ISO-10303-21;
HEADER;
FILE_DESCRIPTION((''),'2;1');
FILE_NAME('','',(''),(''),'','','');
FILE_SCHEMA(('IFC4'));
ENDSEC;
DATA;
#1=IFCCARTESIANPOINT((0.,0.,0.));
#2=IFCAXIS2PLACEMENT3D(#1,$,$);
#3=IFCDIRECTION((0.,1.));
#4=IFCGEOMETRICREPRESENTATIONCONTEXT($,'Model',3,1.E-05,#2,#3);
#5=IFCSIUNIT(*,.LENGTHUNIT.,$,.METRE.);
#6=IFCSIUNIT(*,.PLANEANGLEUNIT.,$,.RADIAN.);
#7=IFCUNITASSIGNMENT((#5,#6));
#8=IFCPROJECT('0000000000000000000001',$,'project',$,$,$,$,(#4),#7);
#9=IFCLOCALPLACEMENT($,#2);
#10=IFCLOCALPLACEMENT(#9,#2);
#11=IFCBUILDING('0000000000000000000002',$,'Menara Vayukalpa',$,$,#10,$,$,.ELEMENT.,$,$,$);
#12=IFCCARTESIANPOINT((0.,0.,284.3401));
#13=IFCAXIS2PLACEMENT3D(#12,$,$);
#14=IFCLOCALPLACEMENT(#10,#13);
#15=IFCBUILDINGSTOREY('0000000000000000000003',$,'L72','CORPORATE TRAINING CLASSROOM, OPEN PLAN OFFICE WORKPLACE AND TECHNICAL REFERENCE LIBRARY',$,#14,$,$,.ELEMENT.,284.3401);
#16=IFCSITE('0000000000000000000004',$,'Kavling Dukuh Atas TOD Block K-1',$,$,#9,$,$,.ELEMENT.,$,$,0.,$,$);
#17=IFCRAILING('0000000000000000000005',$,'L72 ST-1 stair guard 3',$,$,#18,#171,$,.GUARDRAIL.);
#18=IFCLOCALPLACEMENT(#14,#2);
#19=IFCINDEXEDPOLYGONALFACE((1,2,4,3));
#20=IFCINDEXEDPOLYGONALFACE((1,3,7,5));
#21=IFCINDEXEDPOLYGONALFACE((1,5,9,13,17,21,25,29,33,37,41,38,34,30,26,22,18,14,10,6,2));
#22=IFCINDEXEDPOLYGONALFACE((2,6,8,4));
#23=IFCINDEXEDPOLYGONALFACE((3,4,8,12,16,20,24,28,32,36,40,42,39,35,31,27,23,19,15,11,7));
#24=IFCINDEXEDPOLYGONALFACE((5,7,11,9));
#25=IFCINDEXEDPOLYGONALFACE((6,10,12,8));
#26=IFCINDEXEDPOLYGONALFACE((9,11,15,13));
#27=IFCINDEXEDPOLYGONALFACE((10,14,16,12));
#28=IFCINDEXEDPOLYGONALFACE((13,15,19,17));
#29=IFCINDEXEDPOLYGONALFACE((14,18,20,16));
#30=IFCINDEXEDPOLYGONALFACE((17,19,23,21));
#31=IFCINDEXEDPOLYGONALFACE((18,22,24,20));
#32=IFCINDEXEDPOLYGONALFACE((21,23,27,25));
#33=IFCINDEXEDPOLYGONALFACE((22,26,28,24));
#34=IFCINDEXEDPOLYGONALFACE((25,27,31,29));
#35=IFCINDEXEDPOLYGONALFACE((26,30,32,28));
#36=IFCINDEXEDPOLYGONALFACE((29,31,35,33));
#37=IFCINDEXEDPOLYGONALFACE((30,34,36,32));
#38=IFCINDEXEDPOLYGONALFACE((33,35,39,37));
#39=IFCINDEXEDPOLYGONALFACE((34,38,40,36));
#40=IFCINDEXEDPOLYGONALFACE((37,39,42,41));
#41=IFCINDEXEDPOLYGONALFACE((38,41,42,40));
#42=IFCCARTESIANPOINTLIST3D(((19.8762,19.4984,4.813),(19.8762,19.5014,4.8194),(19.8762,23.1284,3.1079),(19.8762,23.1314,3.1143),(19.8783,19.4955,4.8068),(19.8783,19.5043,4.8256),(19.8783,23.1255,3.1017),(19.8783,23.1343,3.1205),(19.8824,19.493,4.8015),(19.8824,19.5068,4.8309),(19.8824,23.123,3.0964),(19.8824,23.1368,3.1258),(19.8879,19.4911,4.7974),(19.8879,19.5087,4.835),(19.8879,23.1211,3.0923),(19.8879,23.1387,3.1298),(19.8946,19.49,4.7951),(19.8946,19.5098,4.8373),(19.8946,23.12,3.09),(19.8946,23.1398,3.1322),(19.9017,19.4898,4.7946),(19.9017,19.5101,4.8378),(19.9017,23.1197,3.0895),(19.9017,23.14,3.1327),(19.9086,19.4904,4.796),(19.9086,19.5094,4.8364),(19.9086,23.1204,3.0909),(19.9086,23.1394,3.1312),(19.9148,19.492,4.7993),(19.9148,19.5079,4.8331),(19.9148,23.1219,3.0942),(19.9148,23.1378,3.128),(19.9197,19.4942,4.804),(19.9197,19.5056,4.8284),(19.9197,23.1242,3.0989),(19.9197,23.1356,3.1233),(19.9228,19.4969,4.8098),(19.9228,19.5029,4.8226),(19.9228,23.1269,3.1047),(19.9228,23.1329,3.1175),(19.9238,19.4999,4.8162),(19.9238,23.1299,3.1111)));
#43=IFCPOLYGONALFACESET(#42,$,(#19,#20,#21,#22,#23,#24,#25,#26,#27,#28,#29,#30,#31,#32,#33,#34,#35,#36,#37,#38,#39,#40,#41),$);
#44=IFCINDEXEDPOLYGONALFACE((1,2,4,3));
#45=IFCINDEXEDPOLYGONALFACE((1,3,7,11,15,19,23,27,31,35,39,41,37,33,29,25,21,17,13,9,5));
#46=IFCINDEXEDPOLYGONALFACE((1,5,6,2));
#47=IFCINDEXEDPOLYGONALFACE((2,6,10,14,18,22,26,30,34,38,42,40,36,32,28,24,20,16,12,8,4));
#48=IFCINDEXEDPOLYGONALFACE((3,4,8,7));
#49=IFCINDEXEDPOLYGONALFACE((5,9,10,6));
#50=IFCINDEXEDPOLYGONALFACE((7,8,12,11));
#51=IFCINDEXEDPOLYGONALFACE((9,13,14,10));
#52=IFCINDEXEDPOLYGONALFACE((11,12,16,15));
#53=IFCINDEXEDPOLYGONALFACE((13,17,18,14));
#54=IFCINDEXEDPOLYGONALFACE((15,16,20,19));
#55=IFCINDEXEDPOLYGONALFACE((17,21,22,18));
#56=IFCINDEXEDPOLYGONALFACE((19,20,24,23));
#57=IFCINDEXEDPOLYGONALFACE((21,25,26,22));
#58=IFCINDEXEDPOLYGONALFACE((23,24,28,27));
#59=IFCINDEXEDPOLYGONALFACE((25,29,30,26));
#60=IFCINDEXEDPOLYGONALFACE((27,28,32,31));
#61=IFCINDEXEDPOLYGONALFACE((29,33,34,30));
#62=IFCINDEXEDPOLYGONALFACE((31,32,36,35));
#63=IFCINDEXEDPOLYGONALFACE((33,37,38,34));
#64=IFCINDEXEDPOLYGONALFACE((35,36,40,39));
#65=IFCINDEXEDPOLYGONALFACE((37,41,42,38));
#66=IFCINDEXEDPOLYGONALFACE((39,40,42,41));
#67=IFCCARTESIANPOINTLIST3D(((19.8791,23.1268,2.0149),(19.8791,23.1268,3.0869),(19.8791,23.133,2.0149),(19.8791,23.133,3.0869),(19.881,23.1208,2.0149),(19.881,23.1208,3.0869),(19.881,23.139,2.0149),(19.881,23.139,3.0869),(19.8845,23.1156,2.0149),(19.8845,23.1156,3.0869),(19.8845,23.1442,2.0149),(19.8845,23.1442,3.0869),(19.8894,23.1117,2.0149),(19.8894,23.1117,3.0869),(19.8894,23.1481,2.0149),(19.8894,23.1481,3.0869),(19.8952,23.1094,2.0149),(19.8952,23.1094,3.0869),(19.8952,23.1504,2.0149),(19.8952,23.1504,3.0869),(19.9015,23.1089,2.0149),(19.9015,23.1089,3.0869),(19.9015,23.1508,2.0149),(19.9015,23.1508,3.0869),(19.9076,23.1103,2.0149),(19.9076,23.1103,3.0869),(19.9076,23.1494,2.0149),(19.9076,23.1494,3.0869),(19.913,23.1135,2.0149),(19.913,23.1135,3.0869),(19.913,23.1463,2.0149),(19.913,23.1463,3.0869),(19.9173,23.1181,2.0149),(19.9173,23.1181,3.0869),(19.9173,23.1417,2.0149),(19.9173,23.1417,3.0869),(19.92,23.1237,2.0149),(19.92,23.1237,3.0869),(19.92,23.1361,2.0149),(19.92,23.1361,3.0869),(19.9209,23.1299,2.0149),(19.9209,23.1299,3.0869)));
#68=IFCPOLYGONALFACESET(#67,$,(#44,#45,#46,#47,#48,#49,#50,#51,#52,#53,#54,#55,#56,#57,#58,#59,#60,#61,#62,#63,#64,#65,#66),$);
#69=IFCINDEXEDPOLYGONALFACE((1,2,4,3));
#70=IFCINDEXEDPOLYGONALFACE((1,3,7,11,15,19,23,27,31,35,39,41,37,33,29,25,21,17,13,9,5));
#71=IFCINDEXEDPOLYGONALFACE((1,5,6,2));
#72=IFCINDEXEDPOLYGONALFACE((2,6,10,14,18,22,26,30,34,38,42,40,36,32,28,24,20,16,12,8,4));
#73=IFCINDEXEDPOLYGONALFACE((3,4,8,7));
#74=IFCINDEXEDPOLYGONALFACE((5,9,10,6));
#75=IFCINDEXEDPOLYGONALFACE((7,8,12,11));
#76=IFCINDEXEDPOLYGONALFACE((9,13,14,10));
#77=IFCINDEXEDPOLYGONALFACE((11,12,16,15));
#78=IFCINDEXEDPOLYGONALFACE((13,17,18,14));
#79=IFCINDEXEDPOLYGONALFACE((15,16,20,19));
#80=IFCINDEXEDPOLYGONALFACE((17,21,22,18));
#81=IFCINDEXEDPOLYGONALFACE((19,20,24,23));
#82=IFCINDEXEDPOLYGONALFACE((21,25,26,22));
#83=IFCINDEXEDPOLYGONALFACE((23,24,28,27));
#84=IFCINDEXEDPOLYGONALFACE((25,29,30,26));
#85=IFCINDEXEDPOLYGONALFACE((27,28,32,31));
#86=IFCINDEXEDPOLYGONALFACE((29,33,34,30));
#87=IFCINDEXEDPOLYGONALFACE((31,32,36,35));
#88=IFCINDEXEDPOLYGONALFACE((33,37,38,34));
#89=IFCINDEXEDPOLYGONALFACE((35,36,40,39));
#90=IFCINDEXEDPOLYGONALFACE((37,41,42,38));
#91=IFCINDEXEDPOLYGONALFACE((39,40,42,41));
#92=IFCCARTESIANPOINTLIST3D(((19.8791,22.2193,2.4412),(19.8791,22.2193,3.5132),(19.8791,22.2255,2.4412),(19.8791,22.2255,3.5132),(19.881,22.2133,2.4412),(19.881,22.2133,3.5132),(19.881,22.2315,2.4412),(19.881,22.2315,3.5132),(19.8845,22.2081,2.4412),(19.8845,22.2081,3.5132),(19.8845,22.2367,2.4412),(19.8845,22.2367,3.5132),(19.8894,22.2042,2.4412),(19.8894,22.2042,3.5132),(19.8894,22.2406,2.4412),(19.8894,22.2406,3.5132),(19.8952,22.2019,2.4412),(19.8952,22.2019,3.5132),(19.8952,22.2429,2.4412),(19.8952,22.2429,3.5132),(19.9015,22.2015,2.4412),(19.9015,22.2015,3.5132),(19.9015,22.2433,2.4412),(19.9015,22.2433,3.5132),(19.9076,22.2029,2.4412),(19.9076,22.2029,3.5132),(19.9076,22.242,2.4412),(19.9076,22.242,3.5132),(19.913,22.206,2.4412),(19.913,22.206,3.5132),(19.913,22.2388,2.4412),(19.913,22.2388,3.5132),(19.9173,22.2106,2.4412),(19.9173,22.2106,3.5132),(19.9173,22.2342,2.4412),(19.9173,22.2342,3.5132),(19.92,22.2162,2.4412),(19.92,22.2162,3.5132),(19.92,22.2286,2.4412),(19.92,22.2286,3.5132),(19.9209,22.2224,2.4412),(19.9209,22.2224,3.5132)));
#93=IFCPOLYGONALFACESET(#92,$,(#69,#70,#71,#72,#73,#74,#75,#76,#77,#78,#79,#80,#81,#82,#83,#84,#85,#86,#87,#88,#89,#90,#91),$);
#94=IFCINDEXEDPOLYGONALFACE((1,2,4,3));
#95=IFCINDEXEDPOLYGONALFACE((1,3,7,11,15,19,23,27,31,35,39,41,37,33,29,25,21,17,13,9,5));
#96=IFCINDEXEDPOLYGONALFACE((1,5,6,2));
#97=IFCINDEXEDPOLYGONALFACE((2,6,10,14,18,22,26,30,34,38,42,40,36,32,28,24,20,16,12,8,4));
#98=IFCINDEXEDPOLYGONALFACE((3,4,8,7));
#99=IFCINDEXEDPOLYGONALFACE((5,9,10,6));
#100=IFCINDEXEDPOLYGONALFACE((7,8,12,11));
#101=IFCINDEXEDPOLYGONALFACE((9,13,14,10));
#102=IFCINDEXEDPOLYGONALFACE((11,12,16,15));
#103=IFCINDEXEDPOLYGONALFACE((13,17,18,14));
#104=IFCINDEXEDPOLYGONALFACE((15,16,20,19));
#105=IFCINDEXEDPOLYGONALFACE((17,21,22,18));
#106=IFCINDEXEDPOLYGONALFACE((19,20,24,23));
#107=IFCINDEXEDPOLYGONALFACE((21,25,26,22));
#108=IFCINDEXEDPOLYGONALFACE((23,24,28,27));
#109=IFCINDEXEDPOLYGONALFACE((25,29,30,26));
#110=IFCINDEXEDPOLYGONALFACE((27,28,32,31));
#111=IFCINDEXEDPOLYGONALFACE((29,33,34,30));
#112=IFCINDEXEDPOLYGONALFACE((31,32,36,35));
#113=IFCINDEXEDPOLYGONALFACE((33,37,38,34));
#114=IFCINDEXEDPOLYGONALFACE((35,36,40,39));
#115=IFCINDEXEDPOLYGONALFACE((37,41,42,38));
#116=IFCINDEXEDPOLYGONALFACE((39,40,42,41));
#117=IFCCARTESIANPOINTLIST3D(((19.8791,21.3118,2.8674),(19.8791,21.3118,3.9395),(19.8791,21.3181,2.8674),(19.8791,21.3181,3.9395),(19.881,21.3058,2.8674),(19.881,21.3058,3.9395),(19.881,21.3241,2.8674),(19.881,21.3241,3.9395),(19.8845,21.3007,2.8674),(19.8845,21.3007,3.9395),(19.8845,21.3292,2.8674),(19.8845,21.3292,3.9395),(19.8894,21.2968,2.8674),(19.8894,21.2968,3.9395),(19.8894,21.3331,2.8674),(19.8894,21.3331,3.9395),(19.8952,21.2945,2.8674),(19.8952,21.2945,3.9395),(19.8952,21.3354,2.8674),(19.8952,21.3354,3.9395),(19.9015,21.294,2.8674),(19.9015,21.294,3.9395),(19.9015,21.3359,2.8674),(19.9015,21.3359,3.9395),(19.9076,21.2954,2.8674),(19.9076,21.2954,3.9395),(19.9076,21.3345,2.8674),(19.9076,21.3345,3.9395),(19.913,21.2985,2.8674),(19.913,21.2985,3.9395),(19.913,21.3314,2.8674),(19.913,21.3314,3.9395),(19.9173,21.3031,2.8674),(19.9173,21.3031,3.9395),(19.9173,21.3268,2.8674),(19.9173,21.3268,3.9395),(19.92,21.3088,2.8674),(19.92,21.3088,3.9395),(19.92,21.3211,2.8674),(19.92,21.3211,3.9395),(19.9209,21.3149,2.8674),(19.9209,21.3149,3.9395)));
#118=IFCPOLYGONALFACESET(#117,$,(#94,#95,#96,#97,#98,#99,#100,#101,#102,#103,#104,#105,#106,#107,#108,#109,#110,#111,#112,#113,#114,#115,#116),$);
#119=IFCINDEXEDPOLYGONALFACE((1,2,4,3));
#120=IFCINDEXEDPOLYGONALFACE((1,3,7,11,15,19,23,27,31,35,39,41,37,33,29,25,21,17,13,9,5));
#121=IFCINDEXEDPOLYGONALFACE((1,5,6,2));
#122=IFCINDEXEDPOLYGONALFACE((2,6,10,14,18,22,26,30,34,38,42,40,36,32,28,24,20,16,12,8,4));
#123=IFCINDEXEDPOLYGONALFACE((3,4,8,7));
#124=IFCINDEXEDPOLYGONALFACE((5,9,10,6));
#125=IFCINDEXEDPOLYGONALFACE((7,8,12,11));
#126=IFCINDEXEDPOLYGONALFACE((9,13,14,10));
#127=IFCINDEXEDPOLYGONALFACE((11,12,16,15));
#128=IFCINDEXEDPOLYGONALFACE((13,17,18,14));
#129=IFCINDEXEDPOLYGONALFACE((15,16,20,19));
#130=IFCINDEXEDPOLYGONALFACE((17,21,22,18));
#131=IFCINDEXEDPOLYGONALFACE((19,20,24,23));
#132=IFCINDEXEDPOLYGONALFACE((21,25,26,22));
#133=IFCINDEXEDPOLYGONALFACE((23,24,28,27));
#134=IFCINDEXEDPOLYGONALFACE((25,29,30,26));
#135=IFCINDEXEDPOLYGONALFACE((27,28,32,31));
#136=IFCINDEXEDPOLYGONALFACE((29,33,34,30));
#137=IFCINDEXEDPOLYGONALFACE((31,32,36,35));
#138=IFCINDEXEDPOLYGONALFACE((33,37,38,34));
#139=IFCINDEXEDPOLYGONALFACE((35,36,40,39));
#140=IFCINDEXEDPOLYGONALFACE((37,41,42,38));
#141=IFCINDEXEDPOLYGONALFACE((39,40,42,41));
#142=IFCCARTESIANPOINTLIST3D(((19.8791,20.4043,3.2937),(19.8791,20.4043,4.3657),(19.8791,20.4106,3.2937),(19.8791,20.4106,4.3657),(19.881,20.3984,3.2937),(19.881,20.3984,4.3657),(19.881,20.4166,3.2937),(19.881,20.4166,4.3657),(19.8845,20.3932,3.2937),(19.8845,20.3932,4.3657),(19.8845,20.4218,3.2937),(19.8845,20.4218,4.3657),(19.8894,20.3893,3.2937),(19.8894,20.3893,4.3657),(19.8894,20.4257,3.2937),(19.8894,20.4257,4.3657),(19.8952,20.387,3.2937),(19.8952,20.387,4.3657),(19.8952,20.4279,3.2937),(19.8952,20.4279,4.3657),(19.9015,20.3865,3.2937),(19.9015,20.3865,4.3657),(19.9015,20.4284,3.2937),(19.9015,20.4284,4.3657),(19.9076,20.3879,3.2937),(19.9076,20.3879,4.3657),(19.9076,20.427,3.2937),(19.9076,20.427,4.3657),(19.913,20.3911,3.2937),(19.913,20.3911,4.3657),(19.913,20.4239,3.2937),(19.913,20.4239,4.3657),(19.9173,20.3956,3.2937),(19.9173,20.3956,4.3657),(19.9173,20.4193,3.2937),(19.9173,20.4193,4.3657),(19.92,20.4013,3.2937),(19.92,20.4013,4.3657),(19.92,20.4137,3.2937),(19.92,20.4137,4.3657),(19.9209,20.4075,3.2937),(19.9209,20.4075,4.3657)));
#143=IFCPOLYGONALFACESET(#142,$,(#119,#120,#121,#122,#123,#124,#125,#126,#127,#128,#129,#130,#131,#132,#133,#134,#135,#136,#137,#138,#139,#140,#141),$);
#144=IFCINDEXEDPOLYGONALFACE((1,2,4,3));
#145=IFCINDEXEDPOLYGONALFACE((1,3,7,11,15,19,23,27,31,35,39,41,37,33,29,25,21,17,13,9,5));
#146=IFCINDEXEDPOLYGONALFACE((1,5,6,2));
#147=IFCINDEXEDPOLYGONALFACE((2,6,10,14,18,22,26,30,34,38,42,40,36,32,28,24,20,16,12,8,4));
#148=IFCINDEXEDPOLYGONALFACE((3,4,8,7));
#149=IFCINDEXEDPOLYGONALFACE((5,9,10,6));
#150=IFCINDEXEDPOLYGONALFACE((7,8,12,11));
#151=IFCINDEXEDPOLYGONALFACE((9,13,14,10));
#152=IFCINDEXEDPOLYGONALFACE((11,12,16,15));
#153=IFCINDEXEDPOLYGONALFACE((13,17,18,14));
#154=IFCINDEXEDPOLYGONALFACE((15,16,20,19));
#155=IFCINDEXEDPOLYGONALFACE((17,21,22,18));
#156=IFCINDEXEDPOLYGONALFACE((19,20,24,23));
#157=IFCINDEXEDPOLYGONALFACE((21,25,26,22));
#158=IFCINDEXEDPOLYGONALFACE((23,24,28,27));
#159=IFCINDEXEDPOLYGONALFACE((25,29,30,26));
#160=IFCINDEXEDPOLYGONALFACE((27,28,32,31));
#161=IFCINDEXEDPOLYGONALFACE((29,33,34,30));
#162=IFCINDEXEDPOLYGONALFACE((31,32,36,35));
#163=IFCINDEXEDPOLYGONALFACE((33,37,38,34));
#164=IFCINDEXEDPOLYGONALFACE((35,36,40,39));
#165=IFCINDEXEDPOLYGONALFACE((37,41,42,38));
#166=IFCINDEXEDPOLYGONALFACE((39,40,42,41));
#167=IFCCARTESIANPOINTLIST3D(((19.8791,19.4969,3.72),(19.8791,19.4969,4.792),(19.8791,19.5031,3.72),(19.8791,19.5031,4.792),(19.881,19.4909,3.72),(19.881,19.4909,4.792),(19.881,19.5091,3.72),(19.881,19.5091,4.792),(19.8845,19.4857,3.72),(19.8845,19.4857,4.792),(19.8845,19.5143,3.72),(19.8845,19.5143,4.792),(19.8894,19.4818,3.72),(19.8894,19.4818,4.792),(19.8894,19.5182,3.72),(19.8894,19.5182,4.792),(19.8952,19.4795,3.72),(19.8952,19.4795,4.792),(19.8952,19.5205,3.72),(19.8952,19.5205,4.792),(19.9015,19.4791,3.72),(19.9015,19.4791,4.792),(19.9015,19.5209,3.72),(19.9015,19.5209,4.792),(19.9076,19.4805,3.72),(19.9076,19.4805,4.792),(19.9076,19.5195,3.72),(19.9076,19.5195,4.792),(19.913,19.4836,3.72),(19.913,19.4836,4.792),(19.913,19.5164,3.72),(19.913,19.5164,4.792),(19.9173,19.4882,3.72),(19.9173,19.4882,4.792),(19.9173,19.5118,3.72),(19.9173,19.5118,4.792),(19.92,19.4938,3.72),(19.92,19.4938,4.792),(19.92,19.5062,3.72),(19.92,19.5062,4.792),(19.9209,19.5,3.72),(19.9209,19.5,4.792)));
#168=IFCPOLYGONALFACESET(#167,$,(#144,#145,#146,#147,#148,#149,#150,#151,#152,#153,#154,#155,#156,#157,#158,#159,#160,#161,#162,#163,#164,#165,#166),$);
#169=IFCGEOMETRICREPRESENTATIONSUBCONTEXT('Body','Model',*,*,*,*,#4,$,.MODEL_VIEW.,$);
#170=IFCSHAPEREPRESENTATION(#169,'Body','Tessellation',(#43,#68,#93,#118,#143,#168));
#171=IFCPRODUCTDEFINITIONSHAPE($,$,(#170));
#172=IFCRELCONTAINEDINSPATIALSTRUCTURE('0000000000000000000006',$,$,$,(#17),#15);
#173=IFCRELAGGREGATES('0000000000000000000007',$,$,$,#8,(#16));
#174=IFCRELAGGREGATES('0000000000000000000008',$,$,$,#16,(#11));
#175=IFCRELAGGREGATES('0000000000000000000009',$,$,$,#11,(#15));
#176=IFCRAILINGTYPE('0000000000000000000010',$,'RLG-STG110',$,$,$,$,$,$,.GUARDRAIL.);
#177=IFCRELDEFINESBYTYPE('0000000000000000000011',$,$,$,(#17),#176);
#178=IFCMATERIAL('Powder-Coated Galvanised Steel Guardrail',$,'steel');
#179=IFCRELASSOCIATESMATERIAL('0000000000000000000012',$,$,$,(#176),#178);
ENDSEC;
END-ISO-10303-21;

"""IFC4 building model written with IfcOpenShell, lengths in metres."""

from ifc_helpers import new_model, si_unit, direction, frame, origin, origin_2d, place, context, subcontext, project, spatial, circle, extrude, material, type_object, element, save


model = new_model("IFC4")

# Units and contexts
model_context = context("Model", 3, precision=1e-05, world=origin(), true_north=direction((0.0, 1.0)))
body_context = subcontext(model_context, "Body", "Model", "MODEL_VIEW")
ifc_project = project(units=[si_unit("LENGTHUNIT", "METRE"), si_unit("PLANEANGLEUNIT", "RADIAN")], contexts=[model_context])

# Site, building, storey
site_placement = place(None, origin())
site = spatial("IfcSite", under=ifc_project, at=site_placement, Name="Kavling Dukuh Atas TOD Block K-1", CompositionType="ELEMENT", RefElevation=0.0)
building_placement = place(site_placement, origin())
building = spatial("IfcBuilding", under=site, at=building_placement, Name="Menara Vayukalpa", CompositionType="ELEMENT")
storey_placement = place(building_placement, frame((0.0, 0.0, 284.3401)))
storey = spatial("IfcBuildingStorey", under=building, at=storey_placement, Name="L72", Description="CORPORATE TRAINING CLASSROOM, OPEN PLAN OFFICE WORKPLACE AND TECHNICAL REFERENCE LIBRARY", CompositionType="ELEMENT", Elevation=284.3401)

# Railing
ifc_material_1 = material(Name="Powder-Coated Galvanised Steel Guardrail", Category="steel")
railing_type_1 = type_object("IfcRailingType", Name="RLG-STG110", PredefinedType="GUARDRAIL", material=ifc_material_1)
railing_1_placement = place(storey_placement, frame((19.8999, 23.1299, 2.0149)))
element("IfcRailing", 1, at=railing_1_placement, inside=storey, type_object=railing_type_1, Name="L72 ST-1 stair guard 3", PredefinedType="GUARDRAIL", context=body_context, shape_type="SweptSolid", body=[
    extrude(circle(Radius=0.0239, at=origin_2d()), frame((0.0, 0.0, 1.0962), z_axis=(0.0, -0.905116, 0.425164), x_axis=(1.0, 0.0, 0.0)), (0.0, 0.0, 1.0), 4.0105),
    extrude(circle(Radius=0.021, at=origin_2d()), origin(), (0.0, 0.0, 1.0), 1.072),
    extrude(circle(Radius=0.021, at=origin_2d()), frame((0.0, -0.9075, 0.4263)), (0.0, 0.0, 1.0), 1.072),
    extrude(circle(Radius=0.021, at=origin_2d()), frame((0.0, -1.8149, 0.8525)), (0.0, 0.0, 1.0), 1.072),
    extrude(circle(Radius=0.021, at=origin_2d()), frame((0.0, -2.7224, 1.2788)), (0.0, 0.0, 1.0), 1.072),
    extrude(circle(Radius=0.021, at=origin_2d()), frame((0.0, -3.6299, 1.7051)), (0.0, 0.0, 1.0), 1.072),
])

save(model, "model.ifc")
